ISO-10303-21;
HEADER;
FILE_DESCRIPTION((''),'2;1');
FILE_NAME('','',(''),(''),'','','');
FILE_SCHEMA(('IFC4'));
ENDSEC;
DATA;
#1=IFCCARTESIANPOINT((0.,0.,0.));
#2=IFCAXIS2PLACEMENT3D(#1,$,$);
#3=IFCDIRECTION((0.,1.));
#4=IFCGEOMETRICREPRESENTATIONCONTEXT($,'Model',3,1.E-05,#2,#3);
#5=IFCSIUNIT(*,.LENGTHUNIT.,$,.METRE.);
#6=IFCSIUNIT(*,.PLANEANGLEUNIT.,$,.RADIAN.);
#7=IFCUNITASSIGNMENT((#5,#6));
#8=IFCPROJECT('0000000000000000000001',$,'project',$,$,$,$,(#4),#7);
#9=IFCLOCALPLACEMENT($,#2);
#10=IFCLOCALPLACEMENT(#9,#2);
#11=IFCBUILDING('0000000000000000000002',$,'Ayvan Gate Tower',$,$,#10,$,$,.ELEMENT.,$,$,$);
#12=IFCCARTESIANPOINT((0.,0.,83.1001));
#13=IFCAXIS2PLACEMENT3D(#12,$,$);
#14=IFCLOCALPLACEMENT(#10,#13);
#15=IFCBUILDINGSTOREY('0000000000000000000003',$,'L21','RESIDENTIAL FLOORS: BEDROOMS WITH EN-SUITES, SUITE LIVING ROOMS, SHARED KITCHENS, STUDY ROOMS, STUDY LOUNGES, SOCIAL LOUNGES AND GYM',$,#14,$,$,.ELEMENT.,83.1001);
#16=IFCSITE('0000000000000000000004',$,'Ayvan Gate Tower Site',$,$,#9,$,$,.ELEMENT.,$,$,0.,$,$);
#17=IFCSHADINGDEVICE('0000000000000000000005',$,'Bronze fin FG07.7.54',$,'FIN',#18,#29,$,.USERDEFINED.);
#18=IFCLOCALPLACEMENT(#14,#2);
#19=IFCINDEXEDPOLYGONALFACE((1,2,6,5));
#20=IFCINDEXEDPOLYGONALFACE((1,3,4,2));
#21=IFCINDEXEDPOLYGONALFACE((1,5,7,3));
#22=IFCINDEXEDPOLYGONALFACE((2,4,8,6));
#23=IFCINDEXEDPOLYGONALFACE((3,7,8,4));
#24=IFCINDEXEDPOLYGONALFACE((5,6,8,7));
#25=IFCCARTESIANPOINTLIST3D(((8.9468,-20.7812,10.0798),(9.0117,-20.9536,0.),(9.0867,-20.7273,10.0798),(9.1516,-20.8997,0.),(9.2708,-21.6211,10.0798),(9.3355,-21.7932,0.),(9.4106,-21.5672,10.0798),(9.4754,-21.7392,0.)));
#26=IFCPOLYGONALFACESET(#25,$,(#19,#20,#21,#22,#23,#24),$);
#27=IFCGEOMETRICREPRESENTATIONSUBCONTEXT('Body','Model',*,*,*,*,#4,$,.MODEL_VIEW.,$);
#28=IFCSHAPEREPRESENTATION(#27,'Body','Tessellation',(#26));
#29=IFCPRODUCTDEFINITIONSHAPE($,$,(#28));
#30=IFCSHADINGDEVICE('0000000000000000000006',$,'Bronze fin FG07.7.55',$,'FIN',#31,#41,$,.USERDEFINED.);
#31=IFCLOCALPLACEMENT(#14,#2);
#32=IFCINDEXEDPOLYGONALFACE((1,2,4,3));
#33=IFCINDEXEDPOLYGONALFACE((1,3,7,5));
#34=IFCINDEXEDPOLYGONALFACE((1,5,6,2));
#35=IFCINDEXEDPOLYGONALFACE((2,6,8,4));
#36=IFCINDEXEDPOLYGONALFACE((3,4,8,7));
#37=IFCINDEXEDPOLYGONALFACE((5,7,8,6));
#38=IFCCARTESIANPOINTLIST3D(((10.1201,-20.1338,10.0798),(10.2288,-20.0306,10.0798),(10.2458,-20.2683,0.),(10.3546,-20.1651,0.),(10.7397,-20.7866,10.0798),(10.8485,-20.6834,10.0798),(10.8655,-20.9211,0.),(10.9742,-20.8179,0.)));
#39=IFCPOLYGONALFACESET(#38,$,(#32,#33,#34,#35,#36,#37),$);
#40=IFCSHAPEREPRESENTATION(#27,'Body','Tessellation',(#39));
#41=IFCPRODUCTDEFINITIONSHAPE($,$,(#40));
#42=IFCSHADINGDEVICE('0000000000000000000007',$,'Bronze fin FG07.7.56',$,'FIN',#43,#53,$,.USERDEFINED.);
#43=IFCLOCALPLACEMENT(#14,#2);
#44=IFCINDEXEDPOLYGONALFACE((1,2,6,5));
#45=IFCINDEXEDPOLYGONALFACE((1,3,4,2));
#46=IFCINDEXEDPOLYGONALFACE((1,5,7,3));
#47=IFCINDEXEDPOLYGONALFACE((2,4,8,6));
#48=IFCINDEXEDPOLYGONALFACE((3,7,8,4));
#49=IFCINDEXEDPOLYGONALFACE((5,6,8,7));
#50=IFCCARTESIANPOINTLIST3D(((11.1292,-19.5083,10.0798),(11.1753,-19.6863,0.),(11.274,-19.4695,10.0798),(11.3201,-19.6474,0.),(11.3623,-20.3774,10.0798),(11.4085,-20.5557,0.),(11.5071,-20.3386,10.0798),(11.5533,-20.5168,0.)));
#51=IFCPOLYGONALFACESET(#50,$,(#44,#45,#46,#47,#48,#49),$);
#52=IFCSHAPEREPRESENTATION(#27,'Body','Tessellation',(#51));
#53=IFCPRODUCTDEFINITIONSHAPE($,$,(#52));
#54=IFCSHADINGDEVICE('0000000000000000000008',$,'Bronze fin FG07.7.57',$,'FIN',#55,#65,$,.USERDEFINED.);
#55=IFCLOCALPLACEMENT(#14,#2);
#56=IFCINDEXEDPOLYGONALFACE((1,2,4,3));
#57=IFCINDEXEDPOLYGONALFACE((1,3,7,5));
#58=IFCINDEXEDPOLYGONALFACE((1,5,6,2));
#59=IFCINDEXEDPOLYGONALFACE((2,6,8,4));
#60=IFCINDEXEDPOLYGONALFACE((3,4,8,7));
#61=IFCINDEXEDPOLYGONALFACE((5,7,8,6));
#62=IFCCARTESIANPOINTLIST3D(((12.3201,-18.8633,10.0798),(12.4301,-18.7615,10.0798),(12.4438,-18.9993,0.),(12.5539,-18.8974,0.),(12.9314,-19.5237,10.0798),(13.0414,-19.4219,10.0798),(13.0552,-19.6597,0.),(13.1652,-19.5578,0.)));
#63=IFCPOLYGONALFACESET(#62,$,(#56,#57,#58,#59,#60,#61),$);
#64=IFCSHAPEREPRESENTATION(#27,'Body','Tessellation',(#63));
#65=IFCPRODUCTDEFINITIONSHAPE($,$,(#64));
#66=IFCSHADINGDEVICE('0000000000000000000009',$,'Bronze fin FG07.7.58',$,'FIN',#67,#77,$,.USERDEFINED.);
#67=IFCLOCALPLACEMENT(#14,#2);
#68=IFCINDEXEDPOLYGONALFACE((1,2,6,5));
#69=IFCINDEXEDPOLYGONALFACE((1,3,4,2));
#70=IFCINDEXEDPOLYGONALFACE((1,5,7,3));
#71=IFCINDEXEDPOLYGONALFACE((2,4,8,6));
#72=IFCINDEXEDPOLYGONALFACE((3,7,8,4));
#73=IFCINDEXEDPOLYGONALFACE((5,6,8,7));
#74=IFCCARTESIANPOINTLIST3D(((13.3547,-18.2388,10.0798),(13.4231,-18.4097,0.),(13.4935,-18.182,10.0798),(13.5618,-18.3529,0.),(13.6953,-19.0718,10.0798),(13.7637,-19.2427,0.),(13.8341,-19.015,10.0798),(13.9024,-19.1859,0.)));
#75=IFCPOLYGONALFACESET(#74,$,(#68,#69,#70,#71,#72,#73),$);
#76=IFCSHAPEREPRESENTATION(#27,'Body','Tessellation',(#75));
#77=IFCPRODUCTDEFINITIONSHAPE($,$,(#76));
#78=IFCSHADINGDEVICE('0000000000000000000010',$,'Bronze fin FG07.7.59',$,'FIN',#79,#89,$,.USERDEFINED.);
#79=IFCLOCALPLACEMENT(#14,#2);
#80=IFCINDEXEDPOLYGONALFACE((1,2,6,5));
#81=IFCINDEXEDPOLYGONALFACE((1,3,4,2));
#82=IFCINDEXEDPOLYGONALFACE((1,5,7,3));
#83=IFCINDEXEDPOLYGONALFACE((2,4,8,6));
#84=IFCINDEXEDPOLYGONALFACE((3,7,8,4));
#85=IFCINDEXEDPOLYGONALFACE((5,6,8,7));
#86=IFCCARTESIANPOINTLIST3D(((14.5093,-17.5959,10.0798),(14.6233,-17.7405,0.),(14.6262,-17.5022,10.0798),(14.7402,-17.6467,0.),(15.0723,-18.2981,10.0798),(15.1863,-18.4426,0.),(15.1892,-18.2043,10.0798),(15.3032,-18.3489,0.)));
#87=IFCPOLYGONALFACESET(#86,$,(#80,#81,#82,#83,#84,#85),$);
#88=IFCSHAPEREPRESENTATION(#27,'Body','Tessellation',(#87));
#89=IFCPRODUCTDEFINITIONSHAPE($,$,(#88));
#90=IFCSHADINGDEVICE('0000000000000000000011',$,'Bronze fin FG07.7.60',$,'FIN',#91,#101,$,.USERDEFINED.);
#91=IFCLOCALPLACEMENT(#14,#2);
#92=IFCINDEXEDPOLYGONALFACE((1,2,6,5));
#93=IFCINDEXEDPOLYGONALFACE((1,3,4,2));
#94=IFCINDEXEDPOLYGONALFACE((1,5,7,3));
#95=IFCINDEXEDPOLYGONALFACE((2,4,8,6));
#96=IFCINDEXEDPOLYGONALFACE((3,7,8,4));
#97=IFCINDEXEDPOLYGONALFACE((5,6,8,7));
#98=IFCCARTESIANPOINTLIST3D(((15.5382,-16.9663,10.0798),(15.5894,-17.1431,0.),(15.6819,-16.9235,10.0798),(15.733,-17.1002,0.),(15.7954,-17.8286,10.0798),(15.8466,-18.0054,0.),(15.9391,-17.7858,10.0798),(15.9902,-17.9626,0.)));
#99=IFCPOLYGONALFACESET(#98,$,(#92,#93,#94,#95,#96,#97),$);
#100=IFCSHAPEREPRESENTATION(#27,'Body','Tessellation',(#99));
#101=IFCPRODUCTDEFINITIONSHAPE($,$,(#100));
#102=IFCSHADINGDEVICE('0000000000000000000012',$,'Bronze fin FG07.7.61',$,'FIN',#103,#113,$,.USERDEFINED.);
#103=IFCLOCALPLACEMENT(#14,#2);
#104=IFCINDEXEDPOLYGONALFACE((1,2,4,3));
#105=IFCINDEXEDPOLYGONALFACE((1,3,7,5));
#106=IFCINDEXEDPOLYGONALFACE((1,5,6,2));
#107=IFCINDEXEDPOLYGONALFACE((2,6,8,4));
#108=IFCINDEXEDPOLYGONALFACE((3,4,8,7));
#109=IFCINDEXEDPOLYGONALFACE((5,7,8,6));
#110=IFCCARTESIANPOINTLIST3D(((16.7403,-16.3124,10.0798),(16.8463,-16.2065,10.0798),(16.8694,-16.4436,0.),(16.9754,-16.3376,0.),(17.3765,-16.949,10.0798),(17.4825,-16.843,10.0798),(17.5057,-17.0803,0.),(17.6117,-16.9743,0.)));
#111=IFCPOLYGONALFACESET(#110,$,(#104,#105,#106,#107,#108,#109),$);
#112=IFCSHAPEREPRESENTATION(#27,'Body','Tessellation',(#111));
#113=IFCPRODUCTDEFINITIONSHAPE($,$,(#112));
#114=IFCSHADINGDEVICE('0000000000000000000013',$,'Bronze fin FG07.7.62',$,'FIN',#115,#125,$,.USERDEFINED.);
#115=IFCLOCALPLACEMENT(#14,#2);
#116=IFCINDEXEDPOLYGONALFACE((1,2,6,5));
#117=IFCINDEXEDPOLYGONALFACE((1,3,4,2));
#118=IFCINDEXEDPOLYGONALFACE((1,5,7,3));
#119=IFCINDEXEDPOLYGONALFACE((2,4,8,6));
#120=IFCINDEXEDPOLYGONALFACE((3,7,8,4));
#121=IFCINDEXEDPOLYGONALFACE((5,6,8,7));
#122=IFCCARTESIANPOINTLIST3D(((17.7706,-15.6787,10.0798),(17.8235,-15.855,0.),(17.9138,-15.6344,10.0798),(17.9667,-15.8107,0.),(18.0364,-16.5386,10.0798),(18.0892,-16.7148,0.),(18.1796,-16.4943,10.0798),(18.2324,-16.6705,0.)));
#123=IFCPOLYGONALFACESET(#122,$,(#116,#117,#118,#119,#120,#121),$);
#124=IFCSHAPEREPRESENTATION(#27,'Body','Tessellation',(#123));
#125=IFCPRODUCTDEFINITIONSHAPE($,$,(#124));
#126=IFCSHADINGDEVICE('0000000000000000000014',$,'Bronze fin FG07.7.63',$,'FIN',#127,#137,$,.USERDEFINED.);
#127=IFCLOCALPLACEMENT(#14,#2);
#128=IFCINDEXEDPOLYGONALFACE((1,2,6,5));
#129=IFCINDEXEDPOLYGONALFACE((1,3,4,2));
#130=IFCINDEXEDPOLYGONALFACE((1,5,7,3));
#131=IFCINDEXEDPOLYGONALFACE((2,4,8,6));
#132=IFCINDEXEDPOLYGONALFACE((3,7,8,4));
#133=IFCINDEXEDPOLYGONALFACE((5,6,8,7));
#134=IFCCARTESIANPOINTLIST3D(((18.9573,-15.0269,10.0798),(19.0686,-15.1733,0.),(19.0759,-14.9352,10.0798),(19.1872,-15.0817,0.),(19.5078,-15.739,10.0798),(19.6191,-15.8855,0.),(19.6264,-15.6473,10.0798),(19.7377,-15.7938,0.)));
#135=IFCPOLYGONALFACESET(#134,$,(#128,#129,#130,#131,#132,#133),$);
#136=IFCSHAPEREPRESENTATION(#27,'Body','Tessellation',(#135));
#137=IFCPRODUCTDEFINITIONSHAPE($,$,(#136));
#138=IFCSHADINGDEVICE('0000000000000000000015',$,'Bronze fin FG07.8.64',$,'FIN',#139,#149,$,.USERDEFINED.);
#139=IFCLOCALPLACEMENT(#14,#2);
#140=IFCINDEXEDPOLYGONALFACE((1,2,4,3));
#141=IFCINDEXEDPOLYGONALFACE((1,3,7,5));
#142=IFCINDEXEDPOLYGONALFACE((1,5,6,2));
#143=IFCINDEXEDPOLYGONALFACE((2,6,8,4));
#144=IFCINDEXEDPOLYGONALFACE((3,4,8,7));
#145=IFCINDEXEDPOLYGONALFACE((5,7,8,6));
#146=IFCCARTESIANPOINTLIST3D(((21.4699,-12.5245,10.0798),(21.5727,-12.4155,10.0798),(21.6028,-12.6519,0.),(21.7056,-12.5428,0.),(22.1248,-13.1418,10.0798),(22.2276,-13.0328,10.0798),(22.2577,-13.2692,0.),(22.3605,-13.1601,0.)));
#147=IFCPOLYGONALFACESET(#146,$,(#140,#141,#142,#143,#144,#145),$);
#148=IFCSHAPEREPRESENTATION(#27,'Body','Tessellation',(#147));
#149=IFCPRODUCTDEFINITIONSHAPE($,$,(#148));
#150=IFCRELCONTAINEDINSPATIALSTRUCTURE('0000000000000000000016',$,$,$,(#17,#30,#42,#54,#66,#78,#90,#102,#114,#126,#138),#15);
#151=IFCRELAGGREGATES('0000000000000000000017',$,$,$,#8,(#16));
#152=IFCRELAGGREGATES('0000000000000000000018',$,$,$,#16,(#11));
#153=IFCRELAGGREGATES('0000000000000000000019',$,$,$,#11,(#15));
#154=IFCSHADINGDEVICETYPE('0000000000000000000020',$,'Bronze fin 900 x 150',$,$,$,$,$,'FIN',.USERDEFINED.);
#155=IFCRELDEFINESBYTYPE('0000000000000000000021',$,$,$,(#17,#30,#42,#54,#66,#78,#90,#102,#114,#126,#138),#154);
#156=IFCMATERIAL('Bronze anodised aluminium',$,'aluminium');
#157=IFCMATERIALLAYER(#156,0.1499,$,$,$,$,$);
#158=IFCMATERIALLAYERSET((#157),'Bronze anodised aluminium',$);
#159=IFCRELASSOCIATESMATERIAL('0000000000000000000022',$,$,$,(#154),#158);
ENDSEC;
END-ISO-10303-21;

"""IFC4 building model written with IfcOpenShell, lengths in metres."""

from ifc_helpers import new_model, si_unit, direction, frame, origin, place, context, subcontext, project, spatial, polyline, outline, extrude, material, layer, layer_set, type_object, element, save


model = new_model("IFC4")

# Units and contexts
model_context = context("Model", 3, precision=1e-05, world=origin(), true_north=direction((0.0, 1.0)))
body_context = subcontext(model_context, "Body", "Model", "MODEL_VIEW")
ifc_project = project(units=[si_unit("LENGTHUNIT", "METRE"), si_unit("PLANEANGLEUNIT", "RADIAN")], contexts=[model_context])

# Site, building, storey
site_placement = place(None, origin())
site = spatial("IfcSite", under=ifc_project, at=site_placement, Name="Ayvan Gate Tower Site", CompositionType="ELEMENT", RefElevation=0.0)
building_placement = place(site_placement, origin())
building = spatial("IfcBuilding", under=site, at=building_placement, Name="Ayvan Gate Tower", CompositionType="ELEMENT")
storey_placement = place(building_placement, frame((0.0, 0.0, 83.1001)))
storey = spatial("IfcBuildingStorey", under=building, at=storey_placement, Name="L21", Description="RESIDENTIAL FLOORS: BEDROOMS WITH EN-SUITES, SUITE LIVING ROOMS, SHARED KITCHENS, STUDY ROOMS, STUDY LOUNGES, SOCIAL LOUNGES AND GYM", CompositionType="ELEMENT", Elevation=83.1001)

# Shared definitions
ifc_material_1 = material(Name="Bronze anodised aluminium", Category="aluminium")

# Shading devices
ifc_layer_1 = layer(ifc_material_1, 0.1499)
ifc_layer_set_1 = layer_set([ifc_layer_1], Name="Bronze anodised aluminium")
shading_device_type = type_object("IfcShadingDeviceType", Name="Bronze fin 900 x 150", ElementType="FIN", PredefinedType="USERDEFINED", material=ifc_layer_set_1)
shading_device_1_placement = place(storey_placement, frame((9.0117, -20.9536, 0.0), z_axis=(-0.933017, -0.359833, 0.000149), x_axis=(0.359833, -0.933017, 0.0)))
element("IfcShadingDevice", 1, at=shading_device_1_placement, inside=storey, type_object=shading_device_type, Name="Bronze fin FG07.7.54", ObjectType="FIN", PredefinedType="USERDEFINED", context=body_context, shape_type="SweptSolid", body=[
    extrude(outline(polyline([(0.0, 0.0), (0.8998, 0.0), (0.716, 10.0798), (-0.1842, 10.0798), (0.0, 0.0)])), origin(), (0.0, 0.0, -1.0), 0.1499),
])
shading_device_2_placement = place(storey_placement, frame((10.2458, -20.2683, 0.0), z_axis=(-0.725311, -0.688421, 0.00014), x_axis=(0.688421, -0.725311, 0.0)))
element("IfcShadingDevice", 2, at=shading_device_2_placement, inside=storey, type_object=shading_device_type, Name="Bronze fin FG07.7.55", ObjectType="FIN", PredefinedType="USERDEFINED", context=body_context, shape_type="SweptSolid", body=[
    extrude(outline(polyline([(0.0, 0.0), (0.9001, 0.0), (0.7159, 10.0798), (-0.1841, 10.0798), (0.0, 0.0)])), origin(), (0.0, 0.0, -1.0), 0.1499),
])
shading_device_3_placement = place(storey_placement, frame((11.1753, -19.6863, 0.0), z_axis=(-0.96586, -0.259064, 0.000156), x_axis=(0.259064, -0.96586, 0.0)))
element("IfcShadingDevice", 3, at=shading_device_3_placement, inside=storey, type_object=shading_device_type, Name="Bronze fin FG07.7.56", ObjectType="FIN", PredefinedType="USERDEFINED", context=body_context, shape_type="SweptSolid", body=[
    extrude(outline(polyline([(0.0, 0.0), (0.9001, 0.0), (0.716, 10.0798), (-0.1839, 10.0798), (0.0, 0.0)])), origin(), (0.0, 0.0, -1.0), 0.1499),
])
shading_device_4_placement = place(storey_placement, frame((12.4438, -18.9993, 0.0), z_axis=(-0.733846, -0.679316, 0.000153), x_axis=(0.679316, -0.733846, 0.0)))
element("IfcShadingDevice", 4, at=shading_device_4_placement, inside=storey, type_object=shading_device_type, Name="Bronze fin FG07.7.57", ObjectType="FIN", PredefinedType="USERDEFINED", context=body_context, shape_type="SweptSolid", body=[
    extrude(outline(polyline([(0.0, 0.0), (0.8999, 0.0), (0.716, 10.0798), (-0.1839, 10.0798), (0.0, 0.0)])), origin(), (0.0, 0.0, -1.0), 0.1499),
])
shading_device_5_placement = place(storey_placement, frame((13.4231, -18.4097, 0.0), z_axis=(-0.925625, -0.378443, 0.000139), x_axis=(0.378443, -0.925625, 0.0)))
element("IfcShadingDevice", 5, at=shading_device_5_placement, inside=storey, type_object=shading_device_type, Name="Bronze fin FG07.7.58", ObjectType="FIN", PredefinedType="USERDEFINED", context=body_context, shape_type="SweptSolid", body=[
    extrude(outline(polyline([(0.0, 0.0), (0.8999, 0.0), (0.7159, 10.0798), (-0.1841, 10.0798), (0.0, 0.0)])), origin(), (0.0, 0.0, -1.0), 0.1499),
])
shading_device_6_placement = place(storey_placement, frame((14.6233, -17.7405, 0.0), z_axis=(-0.78018, -0.625555, 0.000145), x_axis=(0.625555, -0.78018, 0.0)))
element("IfcShadingDevice", 6, at=shading_device_6_placement, inside=storey, type_object=shading_device_type, Name="Bronze fin FG07.7.59", ObjectType="FIN", PredefinedType="USERDEFINED", context=body_context, shape_type="SweptSolid", body=[
    extrude(outline(polyline([(0.0, 0.0), (0.9, 0.0), (0.7159, 10.0798), (-0.1841, 10.0798), (0.0, 0.0)])), origin(), (0.0, 0.0, -1.0), 0.1499),
])
shading_device_7_placement = place(storey_placement, frame((15.5894, -17.1431, 0.0), z_axis=(-0.958281, -0.285829, 0.00015), x_axis=(0.285829, -0.958281, 0.0)))
element("IfcShadingDevice", 7, at=shading_device_7_placement, inside=storey, type_object=shading_device_type, Name="Bronze fin FG07.7.60", ObjectType="FIN", PredefinedType="USERDEFINED", context=body_context, shape_type="SweptSolid", body=[
    extrude(outline(polyline([(0.0, 0.0), (0.8999, 0.0), (0.7158, 10.0798), (-0.184, 10.0798), (0.0, 0.0)])), origin(), (0.0, 0.0, -1.0), 0.1499),
])
shading_device_8_placement = place(storey_placement, frame((16.8694, -16.4436, 0.0), z_axis=(-0.70731, -0.706903, 0.00014), x_axis=(0.706903, -0.70731, 0.0)))
element("IfcShadingDevice", 8, at=shading_device_8_placement, inside=storey, type_object=shading_device_type, Name="Bronze fin FG07.7.61", ObjectType="FIN", PredefinedType="USERDEFINED", context=body_context, shape_type="SweptSolid", body=[
    extrude(outline(polyline([(0.0, 0.0), (0.9001, 0.0), (0.7159, 10.0798), (-0.184, 10.0798), (0.0, 0.0)])), origin(), (0.0, 0.0, -1.0), 0.1499),
])
shading_device_9_placement = place(storey_placement, frame((17.8235, -15.855, 0.0), z_axis=(-0.955412, -0.295277, 0.000154), x_axis=(0.295277, -0.955412, 0.0)))
element("IfcShadingDevice", 9, at=shading_device_9_placement, inside=storey, type_object=shading_device_type, Name="Bronze fin FG07.7.62", ObjectType="FIN", PredefinedType="USERDEFINED", context=body_context, shape_type="SweptSolid", body=[
    extrude(outline(polyline([(0.0, 0.0), (0.9, 0.0), (0.716, 10.0798), (-0.1841, 10.0798), (0.0, 0.0)])), origin(), (0.0, 0.0, -1.0), 0.1499),
])
shading_device_10_placement = place(storey_placement, frame((19.0686, -15.1733, 0.0), z_axis=(-0.79116, -0.61161, 0.00015), x_axis=(0.61161, -0.79116, 0.0)))
element("IfcShadingDevice", 10, at=shading_device_10_placement, inside=storey, type_object=shading_device_type, Name="Bronze fin FG07.7.63", ObjectType="FIN", PredefinedType="USERDEFINED", context=body_context, shape_type="SweptSolid", body=[
    extrude(outline(polyline([(0.0, 0.0), (0.9001, 0.0), (0.7162, 10.0798), (-0.184, 10.0798), (0.0, 0.0)])), origin(), (0.0, 0.0, -1.0), 0.1499),
])
shading_device_11_placement = place(storey_placement, frame((21.6028, -12.6519, 0.0), z_axis=(-0.68591, -0.727686, 0.000146), x_axis=(0.727686, -0.68591, 0.0)))
element("IfcShadingDevice", 11, at=shading_device_11_placement, inside=storey, type_object=shading_device_type, Name="Bronze fin FG07.8.64", ObjectType="FIN", PredefinedType="USERDEFINED", context=body_context, shape_type="SweptSolid", body=[
    extrude(outline(polyline([(0.0, 0.0), (0.9, 0.0), (0.7159, 10.0798), (-0.1841, 10.0798), (0.0, 0.0)])), origin(), (0.0, 0.0, -1.0), 0.1499),
])

save(model, "model.ifc")
